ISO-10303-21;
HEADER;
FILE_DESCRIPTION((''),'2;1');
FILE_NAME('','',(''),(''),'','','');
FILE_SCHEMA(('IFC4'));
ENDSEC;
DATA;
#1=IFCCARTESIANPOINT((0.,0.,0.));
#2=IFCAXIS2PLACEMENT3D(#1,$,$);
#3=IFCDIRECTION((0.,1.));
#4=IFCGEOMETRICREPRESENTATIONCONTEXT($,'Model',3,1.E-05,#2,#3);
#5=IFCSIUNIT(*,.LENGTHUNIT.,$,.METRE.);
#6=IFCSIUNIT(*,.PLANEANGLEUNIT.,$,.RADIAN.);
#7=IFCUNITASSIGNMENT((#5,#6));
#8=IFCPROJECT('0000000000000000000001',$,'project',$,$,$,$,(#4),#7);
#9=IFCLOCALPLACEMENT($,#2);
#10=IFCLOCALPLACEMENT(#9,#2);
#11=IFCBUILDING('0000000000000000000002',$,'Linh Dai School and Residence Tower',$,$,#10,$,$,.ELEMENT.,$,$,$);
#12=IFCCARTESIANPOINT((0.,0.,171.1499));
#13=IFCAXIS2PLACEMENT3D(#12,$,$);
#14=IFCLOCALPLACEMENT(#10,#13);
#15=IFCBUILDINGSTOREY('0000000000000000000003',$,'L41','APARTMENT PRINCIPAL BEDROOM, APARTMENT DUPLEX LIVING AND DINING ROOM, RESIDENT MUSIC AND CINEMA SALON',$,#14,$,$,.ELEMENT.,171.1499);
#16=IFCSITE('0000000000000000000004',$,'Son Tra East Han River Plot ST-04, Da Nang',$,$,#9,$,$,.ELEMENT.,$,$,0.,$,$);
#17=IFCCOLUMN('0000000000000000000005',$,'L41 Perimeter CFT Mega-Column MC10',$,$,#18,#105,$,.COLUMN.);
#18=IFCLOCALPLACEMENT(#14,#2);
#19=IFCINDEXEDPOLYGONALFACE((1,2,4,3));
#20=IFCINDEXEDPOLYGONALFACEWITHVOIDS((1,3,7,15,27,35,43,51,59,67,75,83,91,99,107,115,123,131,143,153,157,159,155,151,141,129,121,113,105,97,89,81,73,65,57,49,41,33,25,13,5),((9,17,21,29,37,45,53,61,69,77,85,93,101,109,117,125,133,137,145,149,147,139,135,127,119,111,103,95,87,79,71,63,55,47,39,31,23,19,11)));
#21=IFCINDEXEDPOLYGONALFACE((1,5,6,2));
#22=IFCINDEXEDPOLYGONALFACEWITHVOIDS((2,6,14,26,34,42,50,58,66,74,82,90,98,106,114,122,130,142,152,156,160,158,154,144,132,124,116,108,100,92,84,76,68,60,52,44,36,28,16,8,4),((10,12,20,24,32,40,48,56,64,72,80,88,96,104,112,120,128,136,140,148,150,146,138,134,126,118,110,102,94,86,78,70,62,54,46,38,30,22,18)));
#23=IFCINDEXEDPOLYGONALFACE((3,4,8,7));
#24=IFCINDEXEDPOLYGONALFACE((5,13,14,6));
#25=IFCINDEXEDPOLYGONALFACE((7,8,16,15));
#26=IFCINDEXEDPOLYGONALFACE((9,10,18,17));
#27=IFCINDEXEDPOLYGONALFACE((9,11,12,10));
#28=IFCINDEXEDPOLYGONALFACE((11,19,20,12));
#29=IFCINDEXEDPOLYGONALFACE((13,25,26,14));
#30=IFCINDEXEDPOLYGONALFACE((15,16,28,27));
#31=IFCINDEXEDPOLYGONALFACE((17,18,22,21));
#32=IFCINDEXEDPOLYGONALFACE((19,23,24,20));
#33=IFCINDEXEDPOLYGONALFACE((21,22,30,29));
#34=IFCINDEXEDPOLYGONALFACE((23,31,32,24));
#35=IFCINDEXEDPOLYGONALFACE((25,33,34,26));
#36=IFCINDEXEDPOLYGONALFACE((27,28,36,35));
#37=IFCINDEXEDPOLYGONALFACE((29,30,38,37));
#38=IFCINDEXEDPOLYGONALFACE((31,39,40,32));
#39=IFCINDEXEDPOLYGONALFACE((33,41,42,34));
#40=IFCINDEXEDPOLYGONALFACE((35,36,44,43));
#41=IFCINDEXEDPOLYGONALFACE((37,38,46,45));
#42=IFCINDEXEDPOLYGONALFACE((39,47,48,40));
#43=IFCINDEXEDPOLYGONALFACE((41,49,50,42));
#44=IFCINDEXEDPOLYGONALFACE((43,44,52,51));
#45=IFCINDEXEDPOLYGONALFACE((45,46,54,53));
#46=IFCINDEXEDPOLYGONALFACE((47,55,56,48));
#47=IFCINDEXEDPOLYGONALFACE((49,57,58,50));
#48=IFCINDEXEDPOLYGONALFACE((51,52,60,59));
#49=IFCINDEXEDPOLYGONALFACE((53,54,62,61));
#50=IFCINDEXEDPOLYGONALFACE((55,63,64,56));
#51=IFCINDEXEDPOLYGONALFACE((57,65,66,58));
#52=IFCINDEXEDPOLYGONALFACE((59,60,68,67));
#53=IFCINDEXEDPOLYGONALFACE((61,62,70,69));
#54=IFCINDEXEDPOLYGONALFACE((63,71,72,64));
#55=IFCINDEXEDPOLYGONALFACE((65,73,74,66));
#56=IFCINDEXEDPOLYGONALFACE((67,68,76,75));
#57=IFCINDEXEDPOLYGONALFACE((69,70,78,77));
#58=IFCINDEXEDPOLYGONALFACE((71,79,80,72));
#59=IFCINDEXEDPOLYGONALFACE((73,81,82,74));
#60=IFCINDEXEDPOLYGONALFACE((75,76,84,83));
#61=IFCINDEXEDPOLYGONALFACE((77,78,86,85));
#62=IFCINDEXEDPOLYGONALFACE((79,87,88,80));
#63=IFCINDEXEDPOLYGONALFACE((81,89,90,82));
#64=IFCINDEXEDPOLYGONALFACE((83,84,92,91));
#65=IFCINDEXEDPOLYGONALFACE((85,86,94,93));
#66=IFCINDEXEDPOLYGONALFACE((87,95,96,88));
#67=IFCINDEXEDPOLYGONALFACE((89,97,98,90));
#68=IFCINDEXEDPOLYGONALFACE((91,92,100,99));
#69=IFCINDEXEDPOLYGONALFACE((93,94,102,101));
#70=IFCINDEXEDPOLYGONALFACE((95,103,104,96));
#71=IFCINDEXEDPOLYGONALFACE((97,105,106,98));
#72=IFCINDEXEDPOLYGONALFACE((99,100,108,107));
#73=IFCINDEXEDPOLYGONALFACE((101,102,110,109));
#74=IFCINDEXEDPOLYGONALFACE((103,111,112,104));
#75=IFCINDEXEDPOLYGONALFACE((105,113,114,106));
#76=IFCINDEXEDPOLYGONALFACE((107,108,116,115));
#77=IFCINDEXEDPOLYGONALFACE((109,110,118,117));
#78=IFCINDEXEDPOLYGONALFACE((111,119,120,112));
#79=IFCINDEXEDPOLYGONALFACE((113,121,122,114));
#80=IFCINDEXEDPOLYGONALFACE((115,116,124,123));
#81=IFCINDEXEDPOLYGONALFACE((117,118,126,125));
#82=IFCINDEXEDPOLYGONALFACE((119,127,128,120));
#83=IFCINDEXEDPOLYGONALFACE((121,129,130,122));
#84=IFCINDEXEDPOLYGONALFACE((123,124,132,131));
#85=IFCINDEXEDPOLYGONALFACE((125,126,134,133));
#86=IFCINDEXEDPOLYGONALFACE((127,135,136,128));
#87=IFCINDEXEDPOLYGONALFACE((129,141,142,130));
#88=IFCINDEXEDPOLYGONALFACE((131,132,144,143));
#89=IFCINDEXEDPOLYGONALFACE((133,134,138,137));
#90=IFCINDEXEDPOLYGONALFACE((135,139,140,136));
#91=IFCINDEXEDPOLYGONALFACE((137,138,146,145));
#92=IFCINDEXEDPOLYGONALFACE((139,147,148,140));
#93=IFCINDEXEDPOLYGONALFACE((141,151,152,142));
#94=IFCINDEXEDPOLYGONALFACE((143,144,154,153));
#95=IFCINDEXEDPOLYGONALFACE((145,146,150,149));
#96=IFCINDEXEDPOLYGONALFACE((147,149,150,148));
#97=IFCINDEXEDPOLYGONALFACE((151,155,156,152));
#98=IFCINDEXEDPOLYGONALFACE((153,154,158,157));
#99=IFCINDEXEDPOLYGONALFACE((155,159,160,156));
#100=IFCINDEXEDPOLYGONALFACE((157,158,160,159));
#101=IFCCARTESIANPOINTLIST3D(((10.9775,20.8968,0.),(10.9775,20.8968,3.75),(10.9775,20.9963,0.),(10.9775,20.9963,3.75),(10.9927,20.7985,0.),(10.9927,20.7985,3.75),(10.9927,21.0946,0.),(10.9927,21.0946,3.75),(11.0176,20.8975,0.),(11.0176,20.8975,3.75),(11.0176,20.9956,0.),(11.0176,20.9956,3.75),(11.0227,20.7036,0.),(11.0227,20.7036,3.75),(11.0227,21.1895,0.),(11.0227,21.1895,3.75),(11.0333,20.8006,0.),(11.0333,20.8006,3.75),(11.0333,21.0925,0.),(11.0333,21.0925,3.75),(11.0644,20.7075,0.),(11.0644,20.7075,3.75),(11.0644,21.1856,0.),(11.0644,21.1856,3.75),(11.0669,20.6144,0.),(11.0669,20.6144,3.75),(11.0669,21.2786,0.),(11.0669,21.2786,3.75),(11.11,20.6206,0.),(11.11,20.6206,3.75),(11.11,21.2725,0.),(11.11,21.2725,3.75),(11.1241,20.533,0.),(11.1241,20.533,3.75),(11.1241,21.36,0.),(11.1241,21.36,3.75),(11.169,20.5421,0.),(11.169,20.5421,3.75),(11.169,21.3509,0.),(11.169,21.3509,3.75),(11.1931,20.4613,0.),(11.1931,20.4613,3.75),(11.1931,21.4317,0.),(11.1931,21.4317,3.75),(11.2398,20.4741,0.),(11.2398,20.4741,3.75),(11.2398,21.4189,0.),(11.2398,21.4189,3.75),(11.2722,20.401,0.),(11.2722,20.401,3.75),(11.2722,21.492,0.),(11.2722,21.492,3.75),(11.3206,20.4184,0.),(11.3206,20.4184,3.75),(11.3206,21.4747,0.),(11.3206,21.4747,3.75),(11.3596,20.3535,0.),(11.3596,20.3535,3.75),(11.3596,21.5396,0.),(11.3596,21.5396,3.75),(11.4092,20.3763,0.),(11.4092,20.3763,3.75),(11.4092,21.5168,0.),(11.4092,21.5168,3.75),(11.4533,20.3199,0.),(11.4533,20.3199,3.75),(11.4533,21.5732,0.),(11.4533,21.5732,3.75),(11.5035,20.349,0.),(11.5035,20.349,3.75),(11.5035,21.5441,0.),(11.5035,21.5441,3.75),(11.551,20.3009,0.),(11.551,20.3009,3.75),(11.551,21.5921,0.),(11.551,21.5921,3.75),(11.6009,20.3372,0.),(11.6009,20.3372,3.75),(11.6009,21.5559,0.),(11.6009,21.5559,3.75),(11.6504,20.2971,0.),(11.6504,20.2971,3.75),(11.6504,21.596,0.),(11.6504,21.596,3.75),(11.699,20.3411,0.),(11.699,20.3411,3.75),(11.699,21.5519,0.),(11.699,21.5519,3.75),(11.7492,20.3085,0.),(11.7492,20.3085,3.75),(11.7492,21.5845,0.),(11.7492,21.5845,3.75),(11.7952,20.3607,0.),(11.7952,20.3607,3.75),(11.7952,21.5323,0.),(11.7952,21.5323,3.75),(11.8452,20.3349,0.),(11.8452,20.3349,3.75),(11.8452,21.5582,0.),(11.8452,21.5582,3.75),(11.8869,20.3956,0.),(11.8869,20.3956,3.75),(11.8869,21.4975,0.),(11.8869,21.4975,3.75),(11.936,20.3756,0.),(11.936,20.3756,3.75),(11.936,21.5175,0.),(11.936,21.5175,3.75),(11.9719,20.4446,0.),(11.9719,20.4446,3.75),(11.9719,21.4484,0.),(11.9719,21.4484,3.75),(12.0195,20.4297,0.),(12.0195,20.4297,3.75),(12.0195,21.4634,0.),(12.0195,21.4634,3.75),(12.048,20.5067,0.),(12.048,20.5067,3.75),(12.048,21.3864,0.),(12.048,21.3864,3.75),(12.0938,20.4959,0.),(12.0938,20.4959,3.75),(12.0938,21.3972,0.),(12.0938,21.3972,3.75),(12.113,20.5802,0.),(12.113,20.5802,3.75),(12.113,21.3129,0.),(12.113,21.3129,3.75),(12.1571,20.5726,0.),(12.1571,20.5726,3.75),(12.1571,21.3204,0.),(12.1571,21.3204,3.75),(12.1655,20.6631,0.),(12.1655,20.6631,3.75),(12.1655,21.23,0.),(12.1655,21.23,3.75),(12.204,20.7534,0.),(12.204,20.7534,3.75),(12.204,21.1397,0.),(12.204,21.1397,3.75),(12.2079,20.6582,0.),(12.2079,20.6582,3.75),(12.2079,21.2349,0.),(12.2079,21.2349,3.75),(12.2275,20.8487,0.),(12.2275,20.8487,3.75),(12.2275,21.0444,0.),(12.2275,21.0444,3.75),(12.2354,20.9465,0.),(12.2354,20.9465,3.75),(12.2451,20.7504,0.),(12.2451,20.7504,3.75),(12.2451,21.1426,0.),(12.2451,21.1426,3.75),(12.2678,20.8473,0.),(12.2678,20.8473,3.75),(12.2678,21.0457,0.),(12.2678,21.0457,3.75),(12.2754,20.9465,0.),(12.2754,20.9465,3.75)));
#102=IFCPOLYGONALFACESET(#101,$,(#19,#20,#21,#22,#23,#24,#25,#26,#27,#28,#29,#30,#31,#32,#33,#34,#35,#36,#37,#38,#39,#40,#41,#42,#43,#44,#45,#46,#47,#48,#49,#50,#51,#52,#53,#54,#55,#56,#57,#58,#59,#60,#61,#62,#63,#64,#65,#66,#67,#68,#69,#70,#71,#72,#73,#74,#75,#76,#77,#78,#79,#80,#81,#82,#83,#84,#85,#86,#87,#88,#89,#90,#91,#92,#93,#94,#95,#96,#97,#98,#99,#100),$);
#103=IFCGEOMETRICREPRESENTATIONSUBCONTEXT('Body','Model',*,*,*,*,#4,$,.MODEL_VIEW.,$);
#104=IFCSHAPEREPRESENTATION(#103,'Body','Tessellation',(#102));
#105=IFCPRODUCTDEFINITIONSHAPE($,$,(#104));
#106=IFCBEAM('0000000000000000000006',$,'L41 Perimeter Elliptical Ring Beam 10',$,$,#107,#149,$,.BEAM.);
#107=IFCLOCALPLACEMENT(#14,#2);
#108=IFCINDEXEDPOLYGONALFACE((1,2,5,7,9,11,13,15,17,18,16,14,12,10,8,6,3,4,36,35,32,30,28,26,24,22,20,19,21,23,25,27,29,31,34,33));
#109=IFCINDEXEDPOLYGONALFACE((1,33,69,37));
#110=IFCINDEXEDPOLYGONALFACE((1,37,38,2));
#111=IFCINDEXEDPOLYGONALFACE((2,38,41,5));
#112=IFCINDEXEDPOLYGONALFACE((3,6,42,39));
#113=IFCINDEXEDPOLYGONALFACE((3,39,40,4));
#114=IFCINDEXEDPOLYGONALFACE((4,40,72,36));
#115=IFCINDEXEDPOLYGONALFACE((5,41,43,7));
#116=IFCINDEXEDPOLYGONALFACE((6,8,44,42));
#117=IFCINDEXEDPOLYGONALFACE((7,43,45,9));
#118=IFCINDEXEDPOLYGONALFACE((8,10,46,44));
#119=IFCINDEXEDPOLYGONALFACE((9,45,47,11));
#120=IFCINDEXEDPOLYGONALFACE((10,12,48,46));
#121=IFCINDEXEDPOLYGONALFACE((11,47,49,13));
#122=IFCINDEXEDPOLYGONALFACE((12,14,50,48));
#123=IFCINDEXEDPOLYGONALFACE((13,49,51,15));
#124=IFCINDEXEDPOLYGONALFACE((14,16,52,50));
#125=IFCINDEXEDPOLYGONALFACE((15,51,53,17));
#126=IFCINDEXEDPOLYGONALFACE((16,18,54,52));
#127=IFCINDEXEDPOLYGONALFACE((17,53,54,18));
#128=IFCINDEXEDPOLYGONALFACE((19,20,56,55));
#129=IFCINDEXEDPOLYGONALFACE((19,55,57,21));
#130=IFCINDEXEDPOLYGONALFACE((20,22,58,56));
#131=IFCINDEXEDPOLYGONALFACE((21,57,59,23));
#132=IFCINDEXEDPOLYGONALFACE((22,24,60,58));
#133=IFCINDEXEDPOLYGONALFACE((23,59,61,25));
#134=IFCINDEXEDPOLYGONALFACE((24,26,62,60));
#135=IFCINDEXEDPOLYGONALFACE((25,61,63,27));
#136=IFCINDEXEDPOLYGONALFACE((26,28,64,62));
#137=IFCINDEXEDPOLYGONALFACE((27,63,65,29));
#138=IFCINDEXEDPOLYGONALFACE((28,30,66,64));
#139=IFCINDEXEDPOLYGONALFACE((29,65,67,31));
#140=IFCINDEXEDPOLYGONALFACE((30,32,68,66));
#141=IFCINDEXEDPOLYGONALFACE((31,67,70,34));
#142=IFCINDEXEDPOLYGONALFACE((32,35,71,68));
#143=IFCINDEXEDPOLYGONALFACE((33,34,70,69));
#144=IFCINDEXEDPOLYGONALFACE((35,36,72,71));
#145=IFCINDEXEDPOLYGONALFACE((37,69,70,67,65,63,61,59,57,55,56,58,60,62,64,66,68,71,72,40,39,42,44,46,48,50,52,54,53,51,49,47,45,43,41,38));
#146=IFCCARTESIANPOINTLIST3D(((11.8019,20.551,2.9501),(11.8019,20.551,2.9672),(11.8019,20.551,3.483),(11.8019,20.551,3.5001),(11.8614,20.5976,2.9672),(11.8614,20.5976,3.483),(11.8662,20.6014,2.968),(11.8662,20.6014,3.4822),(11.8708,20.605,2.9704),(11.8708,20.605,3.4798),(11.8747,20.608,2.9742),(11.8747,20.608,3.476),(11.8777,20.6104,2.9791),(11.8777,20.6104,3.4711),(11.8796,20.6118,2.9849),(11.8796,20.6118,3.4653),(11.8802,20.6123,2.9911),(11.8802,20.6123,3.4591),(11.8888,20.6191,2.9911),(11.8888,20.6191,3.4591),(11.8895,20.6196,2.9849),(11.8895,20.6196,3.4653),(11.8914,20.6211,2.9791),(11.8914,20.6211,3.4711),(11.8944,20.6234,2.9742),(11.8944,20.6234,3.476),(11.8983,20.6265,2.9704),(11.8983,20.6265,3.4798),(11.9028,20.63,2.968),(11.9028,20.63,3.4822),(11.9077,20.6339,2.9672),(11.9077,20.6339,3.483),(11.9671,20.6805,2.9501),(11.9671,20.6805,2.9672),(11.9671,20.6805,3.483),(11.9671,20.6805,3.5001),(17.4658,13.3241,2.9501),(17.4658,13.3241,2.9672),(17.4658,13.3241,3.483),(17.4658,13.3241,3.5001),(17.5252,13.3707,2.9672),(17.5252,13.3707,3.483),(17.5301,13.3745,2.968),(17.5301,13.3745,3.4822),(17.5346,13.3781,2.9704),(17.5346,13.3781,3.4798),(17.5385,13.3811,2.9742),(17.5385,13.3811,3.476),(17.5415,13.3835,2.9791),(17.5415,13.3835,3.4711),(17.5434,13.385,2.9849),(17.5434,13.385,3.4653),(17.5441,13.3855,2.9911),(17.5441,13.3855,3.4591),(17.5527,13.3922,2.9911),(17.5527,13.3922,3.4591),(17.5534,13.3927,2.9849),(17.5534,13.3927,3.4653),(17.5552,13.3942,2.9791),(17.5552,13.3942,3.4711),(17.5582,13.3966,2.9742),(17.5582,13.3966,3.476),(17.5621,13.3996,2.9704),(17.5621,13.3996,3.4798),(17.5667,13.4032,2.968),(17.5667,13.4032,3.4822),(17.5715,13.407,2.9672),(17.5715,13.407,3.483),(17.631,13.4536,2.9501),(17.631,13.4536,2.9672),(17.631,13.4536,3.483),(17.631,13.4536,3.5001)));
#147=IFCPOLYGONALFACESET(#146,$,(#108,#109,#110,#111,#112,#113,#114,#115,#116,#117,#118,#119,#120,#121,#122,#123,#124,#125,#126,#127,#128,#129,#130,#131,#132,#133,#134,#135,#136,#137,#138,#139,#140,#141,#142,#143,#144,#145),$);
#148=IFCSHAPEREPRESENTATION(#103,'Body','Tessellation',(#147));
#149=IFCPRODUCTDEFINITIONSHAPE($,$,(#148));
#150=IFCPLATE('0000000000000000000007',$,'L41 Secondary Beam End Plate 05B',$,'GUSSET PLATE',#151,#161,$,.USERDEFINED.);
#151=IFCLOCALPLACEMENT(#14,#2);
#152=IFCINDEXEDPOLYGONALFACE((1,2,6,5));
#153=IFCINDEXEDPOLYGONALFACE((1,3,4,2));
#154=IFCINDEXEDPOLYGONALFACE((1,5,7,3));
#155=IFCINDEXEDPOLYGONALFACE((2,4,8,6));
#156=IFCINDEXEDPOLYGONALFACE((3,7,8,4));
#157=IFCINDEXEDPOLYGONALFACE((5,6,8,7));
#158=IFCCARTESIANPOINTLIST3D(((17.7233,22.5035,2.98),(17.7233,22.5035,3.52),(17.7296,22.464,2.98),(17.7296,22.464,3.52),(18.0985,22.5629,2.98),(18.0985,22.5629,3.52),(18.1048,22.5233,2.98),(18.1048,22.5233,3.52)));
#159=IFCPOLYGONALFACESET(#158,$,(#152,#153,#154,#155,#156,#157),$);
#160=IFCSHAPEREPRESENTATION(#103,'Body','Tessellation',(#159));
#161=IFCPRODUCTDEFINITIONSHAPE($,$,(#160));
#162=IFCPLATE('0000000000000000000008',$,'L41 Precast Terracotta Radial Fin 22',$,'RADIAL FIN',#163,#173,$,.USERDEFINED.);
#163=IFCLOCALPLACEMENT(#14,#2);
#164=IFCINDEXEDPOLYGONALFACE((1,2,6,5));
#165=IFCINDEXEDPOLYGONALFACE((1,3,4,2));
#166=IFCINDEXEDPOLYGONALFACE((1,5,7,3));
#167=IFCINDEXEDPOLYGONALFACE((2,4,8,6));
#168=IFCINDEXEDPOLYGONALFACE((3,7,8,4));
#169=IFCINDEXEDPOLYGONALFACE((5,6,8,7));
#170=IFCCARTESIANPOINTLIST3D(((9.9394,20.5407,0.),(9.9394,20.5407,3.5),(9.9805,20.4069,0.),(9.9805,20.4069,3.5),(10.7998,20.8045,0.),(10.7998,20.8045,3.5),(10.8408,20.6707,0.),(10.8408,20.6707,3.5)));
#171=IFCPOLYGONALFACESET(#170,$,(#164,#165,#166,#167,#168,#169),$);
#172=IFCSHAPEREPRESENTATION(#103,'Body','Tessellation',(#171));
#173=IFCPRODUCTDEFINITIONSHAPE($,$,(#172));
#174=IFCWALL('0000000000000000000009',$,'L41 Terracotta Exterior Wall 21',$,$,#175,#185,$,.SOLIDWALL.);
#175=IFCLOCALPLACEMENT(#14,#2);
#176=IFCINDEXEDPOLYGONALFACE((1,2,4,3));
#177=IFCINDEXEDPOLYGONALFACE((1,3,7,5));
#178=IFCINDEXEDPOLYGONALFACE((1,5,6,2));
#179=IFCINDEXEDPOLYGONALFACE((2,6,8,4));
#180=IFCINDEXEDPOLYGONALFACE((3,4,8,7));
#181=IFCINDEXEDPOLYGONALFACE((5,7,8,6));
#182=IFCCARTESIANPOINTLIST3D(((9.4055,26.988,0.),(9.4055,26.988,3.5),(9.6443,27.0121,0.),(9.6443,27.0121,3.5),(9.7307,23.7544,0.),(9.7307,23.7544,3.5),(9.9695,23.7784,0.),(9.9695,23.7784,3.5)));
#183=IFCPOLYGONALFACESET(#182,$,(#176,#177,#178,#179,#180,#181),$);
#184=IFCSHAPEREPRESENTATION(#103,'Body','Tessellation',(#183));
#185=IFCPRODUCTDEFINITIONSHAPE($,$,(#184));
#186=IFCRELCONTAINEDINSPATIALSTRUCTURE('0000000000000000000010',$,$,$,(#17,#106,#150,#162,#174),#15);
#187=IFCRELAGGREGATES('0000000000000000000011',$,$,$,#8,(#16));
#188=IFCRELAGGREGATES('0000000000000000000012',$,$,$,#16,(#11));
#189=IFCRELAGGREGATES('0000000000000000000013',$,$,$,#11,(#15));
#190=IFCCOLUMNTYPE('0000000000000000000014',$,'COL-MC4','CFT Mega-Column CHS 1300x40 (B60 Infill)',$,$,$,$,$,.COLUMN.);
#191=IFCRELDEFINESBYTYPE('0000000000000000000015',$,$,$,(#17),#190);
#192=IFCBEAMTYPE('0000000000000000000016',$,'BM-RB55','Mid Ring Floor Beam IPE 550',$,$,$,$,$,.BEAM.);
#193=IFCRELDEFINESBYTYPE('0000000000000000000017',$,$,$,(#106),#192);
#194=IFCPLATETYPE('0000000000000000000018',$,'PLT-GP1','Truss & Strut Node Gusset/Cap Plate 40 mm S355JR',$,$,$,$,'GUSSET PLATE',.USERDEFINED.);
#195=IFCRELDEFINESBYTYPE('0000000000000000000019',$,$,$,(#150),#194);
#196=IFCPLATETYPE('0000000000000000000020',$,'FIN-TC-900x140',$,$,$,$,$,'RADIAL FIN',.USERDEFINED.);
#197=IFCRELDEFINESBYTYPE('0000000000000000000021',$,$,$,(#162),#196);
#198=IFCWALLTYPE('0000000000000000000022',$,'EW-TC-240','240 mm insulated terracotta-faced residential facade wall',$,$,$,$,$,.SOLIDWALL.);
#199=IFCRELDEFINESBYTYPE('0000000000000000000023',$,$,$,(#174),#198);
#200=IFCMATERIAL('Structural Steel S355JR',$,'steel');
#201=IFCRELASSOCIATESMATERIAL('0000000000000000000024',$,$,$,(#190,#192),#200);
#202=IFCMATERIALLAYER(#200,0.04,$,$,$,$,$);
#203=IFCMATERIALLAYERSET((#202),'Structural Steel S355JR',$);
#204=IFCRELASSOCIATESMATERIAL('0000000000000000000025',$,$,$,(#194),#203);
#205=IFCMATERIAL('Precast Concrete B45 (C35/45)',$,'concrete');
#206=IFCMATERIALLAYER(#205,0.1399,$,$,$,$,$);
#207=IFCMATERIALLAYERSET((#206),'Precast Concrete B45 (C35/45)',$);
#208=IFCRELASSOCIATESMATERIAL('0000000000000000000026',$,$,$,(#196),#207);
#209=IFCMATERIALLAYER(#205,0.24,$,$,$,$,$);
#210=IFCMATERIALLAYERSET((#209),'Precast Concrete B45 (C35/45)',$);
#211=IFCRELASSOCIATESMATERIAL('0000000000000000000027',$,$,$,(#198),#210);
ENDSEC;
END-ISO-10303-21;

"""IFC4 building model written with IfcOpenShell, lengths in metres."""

from ifc_helpers import new_model, si_unit, direction, frame, frame_2d, origin, origin_2d, place, context, subcontext, project, spatial, rectangle, hollow_circle, i_section, extrude, source, transform, mapped, material, layer, layer_set, material_profile, profile_set, type_object, element, save


model = new_model("IFC4")

# Units and contexts
model_context = context("Model", 3, precision=1e-05, world=origin(), true_north=direction((0.0, 1.0)))
body_context = subcontext(model_context, "Body", "Model", "MODEL_VIEW")
ifc_project = project(units=[si_unit("LENGTHUNIT", "METRE"), si_unit("PLANEANGLEUNIT", "RADIAN")], contexts=[model_context])

# Site, building, storey
site_placement = place(None, origin())
site = spatial("IfcSite", under=ifc_project, at=site_placement, Name="Son Tra East Han River Plot ST-04, Da Nang", CompositionType="ELEMENT", RefElevation=0.0)
building_placement = place(site_placement, origin())
building = spatial("IfcBuilding", under=site, at=building_placement, Name="Linh Dai School and Residence Tower", CompositionType="ELEMENT")
storey_placement = place(building_placement, frame((0.0, 0.0, 171.1499)))
storey = spatial("IfcBuildingStorey", under=building, at=storey_placement, Name="L41", Description="APARTMENT PRINCIPAL BEDROOM, APARTMENT DUPLEX LIVING AND DINING ROOM, RESIDENT MUSIC AND CINEMA SALON", CompositionType="ELEMENT", Elevation=171.1499)

# Column
ifc_material_1 = material(Name="Structural Steel S355JR", Category="steel")
ifc_material_profile_1 = material_profile(ifc_material_1, hollow_circle(Radius=0.6499, WallThickness=0.04, at=origin_2d()), Name="CHS 1300x40")
ifc_profile_set_1 = profile_set([ifc_material_profile_1], Name="Structural Steel S355JR")
column_type = type_object("IfcColumnType", Name="COL-MC4", Description="CFT Mega-Column CHS 1300x40 (B60 Infill)", PredefinedType="COLUMN", material=ifc_profile_set_1)
column_placement = place(storey_placement, frame((11.6255, 20.9465, 0.0), z_axis=(0.0, 0.0, 1.0), x_axis=(1.0, 0.0, 0.0)))
element("IfcColumn", 1, at=column_placement, inside=storey, type_object=column_type, Name="L41 Perimeter CFT Mega-Column MC10", PredefinedType="COLUMN", context=body_context, shape_type="SweptSolid", body=[
    extrude(hollow_circle(Radius=0.6499, WallThickness=0.04, at=origin_2d()), origin(), (0.0, 0.0, 1.0), 3.75),
])

# Beam
ifc_material_profile_2 = material_profile(ifc_material_1, i_section(OverallWidth=0.21, OverallDepth=0.55, WebThickness=0.011, FlangeThickness=0.0171, FilletRadius=0.0239, at=origin_2d()), Name="IPE 550")
ifc_profile_set_2 = profile_set([ifc_material_profile_2], Name="Structural Steel S355JR")
beam_type = type_object("IfcBeamType", Name="BM-RB55", Description="Mid Ring Floor Beam IPE 550", PredefinedType="BEAM", material=ifc_profile_set_2)
beam_placement = place(storey_placement, frame((11.8845, 20.6157, 3.2251), z_axis=(0.616852, -0.787079, 0.0), x_axis=(0.787079, 0.616852, 0.0)))
element("IfcBeam", 2, at=beam_placement, inside=storey, type_object=beam_type, Name="L41 Perimeter Elliptical Ring Beam 10", PredefinedType="BEAM", context=body_context, shape_type="SweptSolid", body=[
    extrude(i_section(OverallWidth=0.21, OverallDepth=0.55, WebThickness=0.011, FlangeThickness=0.0171, FilletRadius=0.0239, at=origin_2d()), origin(), (0.0, 0.0, 1.0), 9.1819),
])

# Plates
ifc_layer_1 = layer(ifc_material_1, 0.04)
ifc_layer_set_1 = layer_set([ifc_layer_1], Name="Structural Steel S355JR")
plate_type_1 = type_object("IfcPlateType", Name="PLT-GP1", Description="Truss & Strut Node Gusset/Cap Plate 40 mm S355JR", ElementType="GUSSET PLATE", PredefinedType="USERDEFINED", material=ifc_layer_set_1)
shared_shape_1 = source(origin(), body_context, "Body", "SweptSolid", [
    extrude(rectangle(XDim=0.04, YDim=0.3799, at=origin_2d()), origin(), (0.0, 0.0, 1.0), 0.54),
])
plate_1_placement = place(storey_placement, frame((17.9141, 22.5134, 2.98), z_axis=(0.0, 0.0, 1.0), x_axis=(0.156309, -0.987708, 0.0)))
element("IfcPlate", 3, at=plate_1_placement, inside=storey, type_object=plate_type_1, Name="L41 Secondary Beam End Plate 05B", ObjectType="GUSSET PLATE", PredefinedType="USERDEFINED", context=body_context, shape_type="MappedRepresentation", body=[
    mapped(shared_shape_1, transform((0.0, 0.0, 0.0), x_axis=(1.0, 0.0, 0.0), y_axis=(0.0, 1.0, 0.0), z_axis=(0.0, 0.0, 1.0), scale=1.0)),
])
ifc_material_2 = material(Name="Precast Concrete B45 (C35/45)", Category="concrete")
ifc_layer_2 = layer(ifc_material_2, 0.1399)
ifc_layer_set_2 = layer_set([ifc_layer_2], Name="Precast Concrete B45 (C35/45)")
plate_type_2 = type_object("IfcPlateType", Name="FIN-TC-900x140", ElementType="RADIAL FIN", PredefinedType="USERDEFINED", material=ifc_layer_set_2)
shared_shape_2 = source(origin(), body_context, "Body", "SweptSolid", [
    extrude(rectangle(XDim=0.8999, YDim=0.1399, at=origin_2d()), origin(), (0.0, 0.0, 1.0), 3.5),
])
plate_2_placement = place(storey_placement, frame((10.3901, 20.6057, 0.0), z_axis=(0.0, 0.0, 1.0), x_axis=(-0.956075, -0.293122, 0.0)))
element("IfcPlate", 4, at=plate_2_placement, inside=storey, type_object=plate_type_2, Name="L41 Precast Terracotta Radial Fin 22", ObjectType="RADIAL FIN", PredefinedType="USERDEFINED", context=body_context, shape_type="MappedRepresentation", body=[
    mapped(shared_shape_2, transform((0.0, 0.0, 0.0), x_axis=(1.0, 0.0, 0.0), y_axis=(0.0, 1.0, 0.0), z_axis=(0.0, 0.0, 1.0), scale=1.0)),
])

# Wall
ifc_layer_3 = layer(ifc_material_2, 0.24)
ifc_layer_set_3 = layer_set([ifc_layer_3], Name="Precast Concrete B45 (C35/45)")
wall_type_1 = type_object("IfcWallType", Name="EW-TC-240", Description="240 mm insulated terracotta-faced residential facade wall", PredefinedType="SOLIDWALL", material=ifc_layer_set_3)
wall_1_placement = place(storey_placement, frame((9.8501, 23.7664, 0.0), z_axis=(0.0, 0.0, 1.0), x_axis=(-0.100062, 0.994981, 0.0)))
element("IfcWall", 5, at=wall_1_placement, inside=storey, type_object=wall_type_1, Name="L41 Terracotta Exterior Wall 21", PredefinedType="SOLIDWALL", context=body_context, shape_type="SweptSolid", body=[
    extrude(rectangle(XDim=3.25, YDim=0.24, at=frame_2d((1.625, 0.0))), origin(), (0.0, 0.0, 1.0), 3.5),
])

save(model, "model.ifc")
